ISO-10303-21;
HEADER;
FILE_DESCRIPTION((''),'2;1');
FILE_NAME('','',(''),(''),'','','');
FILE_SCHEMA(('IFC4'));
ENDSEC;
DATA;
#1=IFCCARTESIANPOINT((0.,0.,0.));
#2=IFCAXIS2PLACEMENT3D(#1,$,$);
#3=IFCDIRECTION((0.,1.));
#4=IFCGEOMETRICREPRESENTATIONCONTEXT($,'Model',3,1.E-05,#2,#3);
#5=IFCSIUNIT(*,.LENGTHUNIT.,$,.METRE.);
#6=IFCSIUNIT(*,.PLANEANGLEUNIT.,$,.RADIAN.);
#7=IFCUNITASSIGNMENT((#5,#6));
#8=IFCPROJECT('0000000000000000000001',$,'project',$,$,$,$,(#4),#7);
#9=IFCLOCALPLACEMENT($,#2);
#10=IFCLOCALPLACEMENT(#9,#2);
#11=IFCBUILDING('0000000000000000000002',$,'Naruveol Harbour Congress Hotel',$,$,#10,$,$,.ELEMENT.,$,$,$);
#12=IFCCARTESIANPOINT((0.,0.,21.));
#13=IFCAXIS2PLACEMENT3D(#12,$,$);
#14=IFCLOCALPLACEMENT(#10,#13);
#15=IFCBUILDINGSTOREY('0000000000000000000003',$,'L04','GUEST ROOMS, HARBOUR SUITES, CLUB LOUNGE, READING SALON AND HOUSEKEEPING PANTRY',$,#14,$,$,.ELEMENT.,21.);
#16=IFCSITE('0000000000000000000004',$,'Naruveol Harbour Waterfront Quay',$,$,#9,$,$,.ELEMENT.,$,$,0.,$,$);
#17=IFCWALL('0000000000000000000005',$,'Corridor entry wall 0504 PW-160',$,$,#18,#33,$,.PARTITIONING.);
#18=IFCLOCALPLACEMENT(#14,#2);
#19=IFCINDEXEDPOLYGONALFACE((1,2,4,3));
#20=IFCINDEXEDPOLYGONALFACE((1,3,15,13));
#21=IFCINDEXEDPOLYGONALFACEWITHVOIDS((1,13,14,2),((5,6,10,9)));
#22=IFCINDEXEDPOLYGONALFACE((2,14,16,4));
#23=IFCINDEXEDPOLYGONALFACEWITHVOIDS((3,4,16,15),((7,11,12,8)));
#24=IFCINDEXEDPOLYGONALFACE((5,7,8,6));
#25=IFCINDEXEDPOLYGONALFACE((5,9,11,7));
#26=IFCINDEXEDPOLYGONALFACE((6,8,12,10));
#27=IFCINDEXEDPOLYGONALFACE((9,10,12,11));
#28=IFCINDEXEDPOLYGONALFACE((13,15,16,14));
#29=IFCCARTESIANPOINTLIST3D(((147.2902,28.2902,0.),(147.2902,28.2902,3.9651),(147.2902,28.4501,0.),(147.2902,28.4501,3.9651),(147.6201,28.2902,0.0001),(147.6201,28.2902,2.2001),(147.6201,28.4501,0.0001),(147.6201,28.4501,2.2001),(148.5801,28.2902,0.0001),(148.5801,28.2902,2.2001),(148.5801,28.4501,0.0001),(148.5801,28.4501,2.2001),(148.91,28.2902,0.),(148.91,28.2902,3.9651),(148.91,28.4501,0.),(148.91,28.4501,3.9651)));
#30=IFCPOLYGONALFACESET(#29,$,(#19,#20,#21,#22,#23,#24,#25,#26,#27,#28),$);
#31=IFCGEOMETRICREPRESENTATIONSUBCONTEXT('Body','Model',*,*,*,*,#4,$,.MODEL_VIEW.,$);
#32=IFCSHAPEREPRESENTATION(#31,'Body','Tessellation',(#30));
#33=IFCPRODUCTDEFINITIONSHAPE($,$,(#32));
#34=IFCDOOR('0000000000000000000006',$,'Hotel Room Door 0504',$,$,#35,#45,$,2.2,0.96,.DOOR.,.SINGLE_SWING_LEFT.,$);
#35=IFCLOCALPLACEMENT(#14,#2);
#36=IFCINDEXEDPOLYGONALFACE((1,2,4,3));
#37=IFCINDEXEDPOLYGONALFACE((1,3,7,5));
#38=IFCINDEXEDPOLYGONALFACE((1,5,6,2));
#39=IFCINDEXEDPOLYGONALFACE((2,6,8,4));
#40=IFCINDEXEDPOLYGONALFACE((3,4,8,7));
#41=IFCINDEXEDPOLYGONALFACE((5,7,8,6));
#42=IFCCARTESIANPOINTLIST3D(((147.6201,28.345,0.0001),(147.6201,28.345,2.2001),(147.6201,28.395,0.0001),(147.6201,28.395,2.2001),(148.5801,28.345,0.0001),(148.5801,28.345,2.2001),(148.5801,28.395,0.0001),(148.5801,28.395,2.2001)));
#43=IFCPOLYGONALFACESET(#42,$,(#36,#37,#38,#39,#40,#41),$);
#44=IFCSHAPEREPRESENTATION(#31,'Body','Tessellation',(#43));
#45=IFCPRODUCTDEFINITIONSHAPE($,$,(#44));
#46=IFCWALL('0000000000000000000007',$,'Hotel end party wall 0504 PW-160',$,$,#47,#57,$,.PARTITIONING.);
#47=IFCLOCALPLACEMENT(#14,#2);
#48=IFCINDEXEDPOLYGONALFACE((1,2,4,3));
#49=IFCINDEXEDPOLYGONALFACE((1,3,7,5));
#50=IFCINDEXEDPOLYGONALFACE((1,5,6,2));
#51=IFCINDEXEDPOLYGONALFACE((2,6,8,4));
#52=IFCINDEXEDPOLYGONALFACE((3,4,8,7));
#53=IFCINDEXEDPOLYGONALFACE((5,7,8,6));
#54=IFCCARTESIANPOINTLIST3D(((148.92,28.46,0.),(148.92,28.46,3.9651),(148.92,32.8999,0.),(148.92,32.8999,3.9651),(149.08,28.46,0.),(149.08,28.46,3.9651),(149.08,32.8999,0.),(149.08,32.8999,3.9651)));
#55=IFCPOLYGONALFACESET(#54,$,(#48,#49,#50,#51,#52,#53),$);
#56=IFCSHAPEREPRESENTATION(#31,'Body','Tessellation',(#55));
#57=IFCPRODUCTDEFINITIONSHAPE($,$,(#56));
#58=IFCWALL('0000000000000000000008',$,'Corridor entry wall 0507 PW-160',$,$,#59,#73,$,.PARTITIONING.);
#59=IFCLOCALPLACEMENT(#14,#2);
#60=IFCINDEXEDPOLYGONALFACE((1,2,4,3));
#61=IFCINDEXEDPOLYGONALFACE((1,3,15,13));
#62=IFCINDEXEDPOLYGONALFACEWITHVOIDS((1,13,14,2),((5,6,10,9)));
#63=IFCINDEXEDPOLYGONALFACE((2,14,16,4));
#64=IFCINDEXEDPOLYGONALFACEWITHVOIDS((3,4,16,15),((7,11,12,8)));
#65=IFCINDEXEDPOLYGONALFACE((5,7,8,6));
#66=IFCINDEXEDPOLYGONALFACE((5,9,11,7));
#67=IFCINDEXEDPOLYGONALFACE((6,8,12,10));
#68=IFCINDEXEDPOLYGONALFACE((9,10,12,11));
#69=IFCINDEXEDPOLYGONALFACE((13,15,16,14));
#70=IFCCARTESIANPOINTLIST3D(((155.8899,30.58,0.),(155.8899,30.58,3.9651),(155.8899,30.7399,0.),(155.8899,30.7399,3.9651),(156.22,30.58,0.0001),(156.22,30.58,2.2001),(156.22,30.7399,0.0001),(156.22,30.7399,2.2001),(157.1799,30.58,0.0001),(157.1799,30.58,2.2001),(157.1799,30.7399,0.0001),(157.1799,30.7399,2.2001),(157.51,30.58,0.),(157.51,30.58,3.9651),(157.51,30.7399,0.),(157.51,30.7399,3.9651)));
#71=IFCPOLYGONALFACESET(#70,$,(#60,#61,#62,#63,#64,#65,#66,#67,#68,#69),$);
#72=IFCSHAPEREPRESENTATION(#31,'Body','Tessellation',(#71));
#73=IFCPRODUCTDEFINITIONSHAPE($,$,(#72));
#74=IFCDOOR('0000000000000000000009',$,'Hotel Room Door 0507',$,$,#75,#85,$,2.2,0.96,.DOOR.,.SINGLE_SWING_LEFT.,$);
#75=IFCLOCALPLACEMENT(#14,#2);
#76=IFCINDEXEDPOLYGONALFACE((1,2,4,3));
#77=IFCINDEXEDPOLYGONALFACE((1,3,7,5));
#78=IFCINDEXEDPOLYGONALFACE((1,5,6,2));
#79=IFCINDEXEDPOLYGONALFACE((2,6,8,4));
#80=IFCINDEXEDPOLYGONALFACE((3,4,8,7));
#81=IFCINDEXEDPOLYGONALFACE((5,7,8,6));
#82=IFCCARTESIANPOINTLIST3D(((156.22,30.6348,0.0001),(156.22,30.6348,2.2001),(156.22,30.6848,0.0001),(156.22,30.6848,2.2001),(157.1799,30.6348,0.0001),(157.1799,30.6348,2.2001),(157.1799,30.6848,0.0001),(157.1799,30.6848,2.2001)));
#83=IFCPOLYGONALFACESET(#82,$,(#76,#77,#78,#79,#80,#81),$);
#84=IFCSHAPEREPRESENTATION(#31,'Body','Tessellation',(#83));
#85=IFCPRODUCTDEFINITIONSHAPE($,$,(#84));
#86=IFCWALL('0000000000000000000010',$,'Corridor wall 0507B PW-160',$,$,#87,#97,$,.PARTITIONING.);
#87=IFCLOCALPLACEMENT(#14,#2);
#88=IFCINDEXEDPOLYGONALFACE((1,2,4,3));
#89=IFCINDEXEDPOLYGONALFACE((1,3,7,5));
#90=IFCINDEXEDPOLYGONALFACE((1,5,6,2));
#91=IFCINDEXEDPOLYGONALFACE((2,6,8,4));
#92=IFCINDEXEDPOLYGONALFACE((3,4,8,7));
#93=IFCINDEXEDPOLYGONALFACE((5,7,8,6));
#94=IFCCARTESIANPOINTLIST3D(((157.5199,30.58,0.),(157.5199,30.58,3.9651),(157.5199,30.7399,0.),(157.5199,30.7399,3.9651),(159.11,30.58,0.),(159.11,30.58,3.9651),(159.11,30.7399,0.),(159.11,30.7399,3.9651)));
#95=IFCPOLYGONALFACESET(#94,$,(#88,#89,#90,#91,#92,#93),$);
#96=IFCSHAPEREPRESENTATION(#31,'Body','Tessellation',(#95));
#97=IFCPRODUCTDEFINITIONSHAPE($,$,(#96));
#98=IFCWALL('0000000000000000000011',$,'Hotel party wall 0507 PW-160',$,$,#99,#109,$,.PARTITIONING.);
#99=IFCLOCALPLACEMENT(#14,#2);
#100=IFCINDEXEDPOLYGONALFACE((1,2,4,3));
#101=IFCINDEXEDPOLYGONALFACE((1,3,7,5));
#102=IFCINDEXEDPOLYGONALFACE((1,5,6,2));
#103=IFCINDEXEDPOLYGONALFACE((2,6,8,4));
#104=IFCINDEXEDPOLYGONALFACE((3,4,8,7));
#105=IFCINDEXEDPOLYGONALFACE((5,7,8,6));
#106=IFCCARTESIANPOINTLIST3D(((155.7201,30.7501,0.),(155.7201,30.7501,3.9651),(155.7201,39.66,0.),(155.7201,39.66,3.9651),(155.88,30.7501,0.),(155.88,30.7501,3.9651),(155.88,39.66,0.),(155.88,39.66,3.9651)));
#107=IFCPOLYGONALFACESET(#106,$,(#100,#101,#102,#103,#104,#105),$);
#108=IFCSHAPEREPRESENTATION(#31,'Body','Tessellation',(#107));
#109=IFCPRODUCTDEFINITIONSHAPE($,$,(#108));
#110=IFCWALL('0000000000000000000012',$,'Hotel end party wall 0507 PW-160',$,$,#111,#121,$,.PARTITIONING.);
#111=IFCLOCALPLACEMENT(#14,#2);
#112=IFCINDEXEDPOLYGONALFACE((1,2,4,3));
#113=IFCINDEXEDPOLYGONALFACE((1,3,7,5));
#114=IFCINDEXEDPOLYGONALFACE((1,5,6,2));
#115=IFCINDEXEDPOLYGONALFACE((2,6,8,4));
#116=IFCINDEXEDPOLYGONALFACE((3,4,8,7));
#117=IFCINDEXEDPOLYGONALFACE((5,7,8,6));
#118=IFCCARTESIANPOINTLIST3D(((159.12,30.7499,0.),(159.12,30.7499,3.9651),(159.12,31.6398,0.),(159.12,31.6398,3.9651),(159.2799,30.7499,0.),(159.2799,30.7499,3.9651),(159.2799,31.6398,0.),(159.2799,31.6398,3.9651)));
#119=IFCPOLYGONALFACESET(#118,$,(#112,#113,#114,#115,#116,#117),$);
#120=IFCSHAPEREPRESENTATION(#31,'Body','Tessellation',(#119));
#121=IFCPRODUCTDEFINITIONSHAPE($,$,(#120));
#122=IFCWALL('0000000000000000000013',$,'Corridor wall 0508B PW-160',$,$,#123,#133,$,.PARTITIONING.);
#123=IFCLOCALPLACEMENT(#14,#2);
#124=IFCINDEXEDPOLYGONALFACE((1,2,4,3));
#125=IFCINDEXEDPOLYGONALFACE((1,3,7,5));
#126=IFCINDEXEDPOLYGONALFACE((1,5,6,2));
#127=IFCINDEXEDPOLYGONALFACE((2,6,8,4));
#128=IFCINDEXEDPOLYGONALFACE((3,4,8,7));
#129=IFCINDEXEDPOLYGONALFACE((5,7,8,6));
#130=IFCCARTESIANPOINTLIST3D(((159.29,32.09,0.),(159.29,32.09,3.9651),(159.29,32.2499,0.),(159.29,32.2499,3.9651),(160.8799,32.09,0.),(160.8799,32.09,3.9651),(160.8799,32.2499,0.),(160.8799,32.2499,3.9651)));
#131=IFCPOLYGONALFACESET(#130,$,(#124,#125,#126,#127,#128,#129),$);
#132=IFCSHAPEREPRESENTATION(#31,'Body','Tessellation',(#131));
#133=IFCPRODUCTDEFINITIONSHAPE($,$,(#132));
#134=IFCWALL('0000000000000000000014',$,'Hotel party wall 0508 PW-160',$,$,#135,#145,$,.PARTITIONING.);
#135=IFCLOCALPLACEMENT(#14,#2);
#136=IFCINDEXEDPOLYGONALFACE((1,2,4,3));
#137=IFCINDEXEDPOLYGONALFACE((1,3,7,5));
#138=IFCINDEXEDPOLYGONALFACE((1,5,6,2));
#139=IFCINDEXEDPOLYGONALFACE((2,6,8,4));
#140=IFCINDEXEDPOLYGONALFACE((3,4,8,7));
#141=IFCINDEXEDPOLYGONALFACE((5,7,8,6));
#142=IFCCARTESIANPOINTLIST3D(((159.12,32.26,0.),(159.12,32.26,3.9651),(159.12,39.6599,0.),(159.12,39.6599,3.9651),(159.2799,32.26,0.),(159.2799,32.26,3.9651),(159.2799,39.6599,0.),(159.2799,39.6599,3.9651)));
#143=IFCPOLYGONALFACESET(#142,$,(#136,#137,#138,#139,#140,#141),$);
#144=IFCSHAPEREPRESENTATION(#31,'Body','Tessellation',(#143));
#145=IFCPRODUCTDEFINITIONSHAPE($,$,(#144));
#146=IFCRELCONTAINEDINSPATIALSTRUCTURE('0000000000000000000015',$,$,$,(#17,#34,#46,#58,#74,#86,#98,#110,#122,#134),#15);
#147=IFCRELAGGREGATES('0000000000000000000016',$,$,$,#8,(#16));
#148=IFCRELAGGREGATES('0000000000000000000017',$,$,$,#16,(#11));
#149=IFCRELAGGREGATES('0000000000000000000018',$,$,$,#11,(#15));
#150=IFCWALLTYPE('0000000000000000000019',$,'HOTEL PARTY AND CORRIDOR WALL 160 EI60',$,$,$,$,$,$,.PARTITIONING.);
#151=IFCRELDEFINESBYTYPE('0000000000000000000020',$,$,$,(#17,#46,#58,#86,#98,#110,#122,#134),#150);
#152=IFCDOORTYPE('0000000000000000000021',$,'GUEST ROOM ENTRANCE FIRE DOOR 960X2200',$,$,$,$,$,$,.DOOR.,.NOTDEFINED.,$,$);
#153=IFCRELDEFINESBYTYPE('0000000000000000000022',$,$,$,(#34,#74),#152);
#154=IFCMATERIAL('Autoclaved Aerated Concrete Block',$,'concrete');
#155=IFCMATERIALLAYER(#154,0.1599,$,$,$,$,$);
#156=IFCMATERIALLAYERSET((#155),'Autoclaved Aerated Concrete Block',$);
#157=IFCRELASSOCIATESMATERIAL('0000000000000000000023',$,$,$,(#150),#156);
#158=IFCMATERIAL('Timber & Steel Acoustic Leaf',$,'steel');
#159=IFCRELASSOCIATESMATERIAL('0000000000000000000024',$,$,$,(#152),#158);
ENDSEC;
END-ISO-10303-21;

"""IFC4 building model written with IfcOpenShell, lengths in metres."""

from ifc_helpers import new_model, si_unit, direction, frame, frame_2d, origin, place, context, subcontext, project, spatial, rectangle, extrude, material, layer, layer_set, type_object, element, fill, save


model = new_model("IFC4")

# Units and contexts
model_context = context("Model", 3, precision=1e-05, world=origin(), true_north=direction((0.0, 1.0)))
body_context = subcontext(model_context, "Body", "Model", "MODEL_VIEW")
ifc_project = project(units=[si_unit("LENGTHUNIT", "METRE"), si_unit("PLANEANGLEUNIT", "RADIAN")], contexts=[model_context])

# Site, building, storey
site_placement = place(None, origin())
site = spatial("IfcSite", under=ifc_project, at=site_placement, Name="Naruveol Harbour Waterfront Quay", CompositionType="ELEMENT", RefElevation=0.0)
building_placement = place(site_placement, origin())
building = spatial("IfcBuilding", under=site, at=building_placement, Name="Naruveol Harbour Congress Hotel", CompositionType="ELEMENT")
storey_placement = place(building_placement, frame((0.0, 0.0, 21.0)))
storey = spatial("IfcBuildingStorey", under=building, at=storey_placement, Name="L04", Description="GUEST ROOMS, HARBOUR SUITES, CLUB LOUNGE, READING SALON AND HOUSEKEEPING PANTRY", CompositionType="ELEMENT", Elevation=21.0)

# Wall, opening, door
ifc_material_1 = material(Name="Autoclaved Aerated Concrete Block", Category="concrete")
ifc_layer_1 = layer(ifc_material_1, 0.1599)
ifc_layer_set_1 = layer_set([ifc_layer_1], Name="Autoclaved Aerated Concrete Block")
wall_type_1 = type_object("IfcWallType", Name="HOTEL PARTY AND CORRIDOR WALL 160 EI60", PredefinedType="PARTITIONING", material=ifc_layer_set_1)
wall_1_placement = place(storey_placement, frame((147.29, 28.3701, 0.0), z_axis=(0.0, 0.0, 1.0), x_axis=(1.0, 0.0, 0.0)))
wall_1 = element("IfcWall", 1, at=wall_1_placement, inside=storey, type_object=wall_type_1, Name="Corridor entry wall 0504 PW-160", PredefinedType="PARTITIONING", context=body_context, shape_type="SweptSolid", body=[
    extrude(rectangle(XDim=1.6199, YDim=0.1599, at=frame_2d((0.8101, 0.0))), origin(), (0.0, 0.0, 1.0), 3.9651),
])
opening_1_placement = place(wall_1_placement, frame((0.3301, 0.0, 0.0)))
opening_1 = element("IfcOpeningElement", 2, at=opening_1_placement, cuts=wall_1, PredefinedType="OPENING", context=body_context, shape_type="SweptSolid", body=[
    extrude(rectangle(XDim=0.96, YDim=2.2, at=frame_2d((0.48, 1.1001))), frame((0.0, 0.0898, 0.0), z_axis=(0.0, -1.0, 0.0), x_axis=(1.0, 0.0, 0.0)), (0.0, 0.0, 1.0), 0.1799),
])
ifc_material_2 = material(Name="Timber & Steel Acoustic Leaf", Category="steel")
door_type_1 = type_object("IfcDoorType", Name="GUEST ROOM ENTRANCE FIRE DOOR 960X2200", OperationType="NOTDEFINED", PredefinedType="DOOR", material=ifc_material_2)
door_1_placement = place(opening_1_placement, origin())
door_1 = element("IfcDoor", 3, at=door_1_placement, inside=storey, type_object=door_type_1, Name="Hotel Room Door 0504", OperationType="SINGLE_SWING_LEFT", OverallHeight=2.2, OverallWidth=0.96, PredefinedType="DOOR", context=body_context, shape_type="SweptSolid", body=[
    extrude(rectangle(XDim=0.96, YDim=2.2, at=frame_2d((0.48, 1.1001))), frame((0.0, 0.0249, 0.0), z_axis=(0.0, -1.0, 0.0), x_axis=(1.0, 0.0, 0.0)), (0.0, 0.0, 1.0), 0.05),
])
fill(opening_1, door_1)

# Wall
wall_2_placement = place(storey_placement, frame((149.0, 28.46, 0.0), z_axis=(0.0, 0.0, 1.0), x_axis=(0.0, 1.0, 0.0)))
element("IfcWall", 4, at=wall_2_placement, inside=storey, type_object=wall_type_1, Name="Hotel end party wall 0504 PW-160", PredefinedType="PARTITIONING", context=body_context, shape_type="SweptSolid", body=[
    extrude(rectangle(XDim=4.4399, YDim=0.1599, at=frame_2d((2.22, 0.0))), origin(), (0.0, 0.0, 1.0), 3.9651),
])

# Wall, opening, door
wall_3_placement = place(storey_placement, frame((155.8899, 30.6599, 0.0), z_axis=(0.0, 0.0, 1.0), x_axis=(1.0, 0.0, 0.0)))
wall_3 = element("IfcWall", 5, at=wall_3_placement, inside=storey, type_object=wall_type_1, Name="Corridor entry wall 0507 PW-160", PredefinedType="PARTITIONING", context=body_context, shape_type="SweptSolid", body=[
    extrude(rectangle(XDim=1.6201, YDim=0.1599, at=frame_2d((0.8101, 0.0))), origin(), (0.0, 0.0, 1.0), 3.9651),
])
opening_2_placement = place(wall_3_placement, frame((0.3301, 0.0, 0.0)))
opening_2 = element("IfcOpeningElement", 6, at=opening_2_placement, cuts=wall_3, PredefinedType="OPENING", context=body_context, shape_type="SweptSolid", body=[
    extrude(rectangle(XDim=0.96, YDim=2.2, at=frame_2d((0.48, 1.1001))), frame((0.0, 0.0898, 0.0), z_axis=(0.0, -1.0, 0.0), x_axis=(1.0, 0.0, 0.0)), (0.0, 0.0, 1.0), 0.1799),
])
door_2_placement = place(opening_2_placement, origin())
door_2 = element("IfcDoor", 7, at=door_2_placement, inside=storey, type_object=door_type_1, Name="Hotel Room Door 0507", OperationType="SINGLE_SWING_LEFT", OverallHeight=2.2, OverallWidth=0.96, PredefinedType="DOOR", context=body_context, shape_type="SweptSolid", body=[
    extrude(rectangle(XDim=0.96, YDim=2.2, at=frame_2d((0.48, 1.1001))), frame((0.0, 0.0249, 0.0), z_axis=(0.0, -1.0, 0.0), x_axis=(1.0, 0.0, 0.0)), (0.0, 0.0, 1.0), 0.05),
])
fill(opening_2, door_2)

# Walls
wall_4_placement = place(storey_placement, frame((157.52, 30.6599, 0.0), z_axis=(0.0, 0.0, 1.0), x_axis=(1.0, 0.0, 0.0)))
element("IfcWall", 8, at=wall_4_placement, inside=storey, type_object=wall_type_1, Name="Corridor wall 0507B PW-160", PredefinedType="PARTITIONING", context=body_context, shape_type="SweptSolid", body=[
    extrude(rectangle(XDim=1.5901, YDim=0.1599, at=frame_2d((0.7949, 0.0))), origin(), (0.0, 0.0, 1.0), 3.9651),
])
wall_5_placement = place(storey_placement, frame((155.8, 30.75, 0.0), z_axis=(0.0, 0.0, 1.0), x_axis=(0.0, 1.0, 0.0)))
element("IfcWall", 9, at=wall_5_placement, inside=storey, type_object=wall_type_1, Name="Hotel party wall 0507 PW-160", PredefinedType="PARTITIONING", context=body_context, shape_type="SweptSolid", body=[
    extrude(rectangle(XDim=8.9099, YDim=0.1599, at=frame_2d((4.4551, 0.0))), origin(), (0.0, 0.0, 1.0), 3.9651),
])
wall_6_placement = place(storey_placement, frame((159.2, 30.75, 0.0), z_axis=(0.0, 0.0, 1.0), x_axis=(0.0, 1.0, 0.0)))
element("IfcWall", 10, at=wall_6_placement, inside=storey, type_object=wall_type_1, Name="Hotel end party wall 0507 PW-160", PredefinedType="PARTITIONING", context=body_context, shape_type="SweptSolid", body=[
    extrude(rectangle(XDim=0.8899, YDim=0.1599, at=frame_2d((0.4448, 0.0))), origin(), (0.0, 0.0, 1.0), 3.9651),
])
wall_7_placement = place(storey_placement, frame((159.29, 32.1699, 0.0), z_axis=(0.0, 0.0, 1.0), x_axis=(1.0, 0.0, 0.0)))
element("IfcWall", 11, at=wall_7_placement, inside=storey, type_object=wall_type_1, Name="Corridor wall 0508B PW-160", PredefinedType="PARTITIONING", context=body_context, shape_type="SweptSolid", body=[
    extrude(rectangle(XDim=1.5898, YDim=0.1599, at=frame_2d((0.7949, 0.0))), origin(), (0.0, 0.0, 1.0), 3.9651),
])
wall_8_placement = place(storey_placement, frame((159.2, 32.26, 0.0), z_axis=(0.0, 0.0, 1.0), x_axis=(0.0, 1.0, 0.0)))
element("IfcWall", 12, at=wall_8_placement, inside=storey, type_object=wall_type_1, Name="Hotel party wall 0508 PW-160", PredefinedType="PARTITIONING", context=body_context, shape_type="SweptSolid", body=[
    extrude(rectangle(XDim=7.3999, YDim=0.1599, at=frame_2d((3.7, 0.0))), origin(), (0.0, 0.0, 1.0), 3.9651),
])

save(model, "model.ifc")
